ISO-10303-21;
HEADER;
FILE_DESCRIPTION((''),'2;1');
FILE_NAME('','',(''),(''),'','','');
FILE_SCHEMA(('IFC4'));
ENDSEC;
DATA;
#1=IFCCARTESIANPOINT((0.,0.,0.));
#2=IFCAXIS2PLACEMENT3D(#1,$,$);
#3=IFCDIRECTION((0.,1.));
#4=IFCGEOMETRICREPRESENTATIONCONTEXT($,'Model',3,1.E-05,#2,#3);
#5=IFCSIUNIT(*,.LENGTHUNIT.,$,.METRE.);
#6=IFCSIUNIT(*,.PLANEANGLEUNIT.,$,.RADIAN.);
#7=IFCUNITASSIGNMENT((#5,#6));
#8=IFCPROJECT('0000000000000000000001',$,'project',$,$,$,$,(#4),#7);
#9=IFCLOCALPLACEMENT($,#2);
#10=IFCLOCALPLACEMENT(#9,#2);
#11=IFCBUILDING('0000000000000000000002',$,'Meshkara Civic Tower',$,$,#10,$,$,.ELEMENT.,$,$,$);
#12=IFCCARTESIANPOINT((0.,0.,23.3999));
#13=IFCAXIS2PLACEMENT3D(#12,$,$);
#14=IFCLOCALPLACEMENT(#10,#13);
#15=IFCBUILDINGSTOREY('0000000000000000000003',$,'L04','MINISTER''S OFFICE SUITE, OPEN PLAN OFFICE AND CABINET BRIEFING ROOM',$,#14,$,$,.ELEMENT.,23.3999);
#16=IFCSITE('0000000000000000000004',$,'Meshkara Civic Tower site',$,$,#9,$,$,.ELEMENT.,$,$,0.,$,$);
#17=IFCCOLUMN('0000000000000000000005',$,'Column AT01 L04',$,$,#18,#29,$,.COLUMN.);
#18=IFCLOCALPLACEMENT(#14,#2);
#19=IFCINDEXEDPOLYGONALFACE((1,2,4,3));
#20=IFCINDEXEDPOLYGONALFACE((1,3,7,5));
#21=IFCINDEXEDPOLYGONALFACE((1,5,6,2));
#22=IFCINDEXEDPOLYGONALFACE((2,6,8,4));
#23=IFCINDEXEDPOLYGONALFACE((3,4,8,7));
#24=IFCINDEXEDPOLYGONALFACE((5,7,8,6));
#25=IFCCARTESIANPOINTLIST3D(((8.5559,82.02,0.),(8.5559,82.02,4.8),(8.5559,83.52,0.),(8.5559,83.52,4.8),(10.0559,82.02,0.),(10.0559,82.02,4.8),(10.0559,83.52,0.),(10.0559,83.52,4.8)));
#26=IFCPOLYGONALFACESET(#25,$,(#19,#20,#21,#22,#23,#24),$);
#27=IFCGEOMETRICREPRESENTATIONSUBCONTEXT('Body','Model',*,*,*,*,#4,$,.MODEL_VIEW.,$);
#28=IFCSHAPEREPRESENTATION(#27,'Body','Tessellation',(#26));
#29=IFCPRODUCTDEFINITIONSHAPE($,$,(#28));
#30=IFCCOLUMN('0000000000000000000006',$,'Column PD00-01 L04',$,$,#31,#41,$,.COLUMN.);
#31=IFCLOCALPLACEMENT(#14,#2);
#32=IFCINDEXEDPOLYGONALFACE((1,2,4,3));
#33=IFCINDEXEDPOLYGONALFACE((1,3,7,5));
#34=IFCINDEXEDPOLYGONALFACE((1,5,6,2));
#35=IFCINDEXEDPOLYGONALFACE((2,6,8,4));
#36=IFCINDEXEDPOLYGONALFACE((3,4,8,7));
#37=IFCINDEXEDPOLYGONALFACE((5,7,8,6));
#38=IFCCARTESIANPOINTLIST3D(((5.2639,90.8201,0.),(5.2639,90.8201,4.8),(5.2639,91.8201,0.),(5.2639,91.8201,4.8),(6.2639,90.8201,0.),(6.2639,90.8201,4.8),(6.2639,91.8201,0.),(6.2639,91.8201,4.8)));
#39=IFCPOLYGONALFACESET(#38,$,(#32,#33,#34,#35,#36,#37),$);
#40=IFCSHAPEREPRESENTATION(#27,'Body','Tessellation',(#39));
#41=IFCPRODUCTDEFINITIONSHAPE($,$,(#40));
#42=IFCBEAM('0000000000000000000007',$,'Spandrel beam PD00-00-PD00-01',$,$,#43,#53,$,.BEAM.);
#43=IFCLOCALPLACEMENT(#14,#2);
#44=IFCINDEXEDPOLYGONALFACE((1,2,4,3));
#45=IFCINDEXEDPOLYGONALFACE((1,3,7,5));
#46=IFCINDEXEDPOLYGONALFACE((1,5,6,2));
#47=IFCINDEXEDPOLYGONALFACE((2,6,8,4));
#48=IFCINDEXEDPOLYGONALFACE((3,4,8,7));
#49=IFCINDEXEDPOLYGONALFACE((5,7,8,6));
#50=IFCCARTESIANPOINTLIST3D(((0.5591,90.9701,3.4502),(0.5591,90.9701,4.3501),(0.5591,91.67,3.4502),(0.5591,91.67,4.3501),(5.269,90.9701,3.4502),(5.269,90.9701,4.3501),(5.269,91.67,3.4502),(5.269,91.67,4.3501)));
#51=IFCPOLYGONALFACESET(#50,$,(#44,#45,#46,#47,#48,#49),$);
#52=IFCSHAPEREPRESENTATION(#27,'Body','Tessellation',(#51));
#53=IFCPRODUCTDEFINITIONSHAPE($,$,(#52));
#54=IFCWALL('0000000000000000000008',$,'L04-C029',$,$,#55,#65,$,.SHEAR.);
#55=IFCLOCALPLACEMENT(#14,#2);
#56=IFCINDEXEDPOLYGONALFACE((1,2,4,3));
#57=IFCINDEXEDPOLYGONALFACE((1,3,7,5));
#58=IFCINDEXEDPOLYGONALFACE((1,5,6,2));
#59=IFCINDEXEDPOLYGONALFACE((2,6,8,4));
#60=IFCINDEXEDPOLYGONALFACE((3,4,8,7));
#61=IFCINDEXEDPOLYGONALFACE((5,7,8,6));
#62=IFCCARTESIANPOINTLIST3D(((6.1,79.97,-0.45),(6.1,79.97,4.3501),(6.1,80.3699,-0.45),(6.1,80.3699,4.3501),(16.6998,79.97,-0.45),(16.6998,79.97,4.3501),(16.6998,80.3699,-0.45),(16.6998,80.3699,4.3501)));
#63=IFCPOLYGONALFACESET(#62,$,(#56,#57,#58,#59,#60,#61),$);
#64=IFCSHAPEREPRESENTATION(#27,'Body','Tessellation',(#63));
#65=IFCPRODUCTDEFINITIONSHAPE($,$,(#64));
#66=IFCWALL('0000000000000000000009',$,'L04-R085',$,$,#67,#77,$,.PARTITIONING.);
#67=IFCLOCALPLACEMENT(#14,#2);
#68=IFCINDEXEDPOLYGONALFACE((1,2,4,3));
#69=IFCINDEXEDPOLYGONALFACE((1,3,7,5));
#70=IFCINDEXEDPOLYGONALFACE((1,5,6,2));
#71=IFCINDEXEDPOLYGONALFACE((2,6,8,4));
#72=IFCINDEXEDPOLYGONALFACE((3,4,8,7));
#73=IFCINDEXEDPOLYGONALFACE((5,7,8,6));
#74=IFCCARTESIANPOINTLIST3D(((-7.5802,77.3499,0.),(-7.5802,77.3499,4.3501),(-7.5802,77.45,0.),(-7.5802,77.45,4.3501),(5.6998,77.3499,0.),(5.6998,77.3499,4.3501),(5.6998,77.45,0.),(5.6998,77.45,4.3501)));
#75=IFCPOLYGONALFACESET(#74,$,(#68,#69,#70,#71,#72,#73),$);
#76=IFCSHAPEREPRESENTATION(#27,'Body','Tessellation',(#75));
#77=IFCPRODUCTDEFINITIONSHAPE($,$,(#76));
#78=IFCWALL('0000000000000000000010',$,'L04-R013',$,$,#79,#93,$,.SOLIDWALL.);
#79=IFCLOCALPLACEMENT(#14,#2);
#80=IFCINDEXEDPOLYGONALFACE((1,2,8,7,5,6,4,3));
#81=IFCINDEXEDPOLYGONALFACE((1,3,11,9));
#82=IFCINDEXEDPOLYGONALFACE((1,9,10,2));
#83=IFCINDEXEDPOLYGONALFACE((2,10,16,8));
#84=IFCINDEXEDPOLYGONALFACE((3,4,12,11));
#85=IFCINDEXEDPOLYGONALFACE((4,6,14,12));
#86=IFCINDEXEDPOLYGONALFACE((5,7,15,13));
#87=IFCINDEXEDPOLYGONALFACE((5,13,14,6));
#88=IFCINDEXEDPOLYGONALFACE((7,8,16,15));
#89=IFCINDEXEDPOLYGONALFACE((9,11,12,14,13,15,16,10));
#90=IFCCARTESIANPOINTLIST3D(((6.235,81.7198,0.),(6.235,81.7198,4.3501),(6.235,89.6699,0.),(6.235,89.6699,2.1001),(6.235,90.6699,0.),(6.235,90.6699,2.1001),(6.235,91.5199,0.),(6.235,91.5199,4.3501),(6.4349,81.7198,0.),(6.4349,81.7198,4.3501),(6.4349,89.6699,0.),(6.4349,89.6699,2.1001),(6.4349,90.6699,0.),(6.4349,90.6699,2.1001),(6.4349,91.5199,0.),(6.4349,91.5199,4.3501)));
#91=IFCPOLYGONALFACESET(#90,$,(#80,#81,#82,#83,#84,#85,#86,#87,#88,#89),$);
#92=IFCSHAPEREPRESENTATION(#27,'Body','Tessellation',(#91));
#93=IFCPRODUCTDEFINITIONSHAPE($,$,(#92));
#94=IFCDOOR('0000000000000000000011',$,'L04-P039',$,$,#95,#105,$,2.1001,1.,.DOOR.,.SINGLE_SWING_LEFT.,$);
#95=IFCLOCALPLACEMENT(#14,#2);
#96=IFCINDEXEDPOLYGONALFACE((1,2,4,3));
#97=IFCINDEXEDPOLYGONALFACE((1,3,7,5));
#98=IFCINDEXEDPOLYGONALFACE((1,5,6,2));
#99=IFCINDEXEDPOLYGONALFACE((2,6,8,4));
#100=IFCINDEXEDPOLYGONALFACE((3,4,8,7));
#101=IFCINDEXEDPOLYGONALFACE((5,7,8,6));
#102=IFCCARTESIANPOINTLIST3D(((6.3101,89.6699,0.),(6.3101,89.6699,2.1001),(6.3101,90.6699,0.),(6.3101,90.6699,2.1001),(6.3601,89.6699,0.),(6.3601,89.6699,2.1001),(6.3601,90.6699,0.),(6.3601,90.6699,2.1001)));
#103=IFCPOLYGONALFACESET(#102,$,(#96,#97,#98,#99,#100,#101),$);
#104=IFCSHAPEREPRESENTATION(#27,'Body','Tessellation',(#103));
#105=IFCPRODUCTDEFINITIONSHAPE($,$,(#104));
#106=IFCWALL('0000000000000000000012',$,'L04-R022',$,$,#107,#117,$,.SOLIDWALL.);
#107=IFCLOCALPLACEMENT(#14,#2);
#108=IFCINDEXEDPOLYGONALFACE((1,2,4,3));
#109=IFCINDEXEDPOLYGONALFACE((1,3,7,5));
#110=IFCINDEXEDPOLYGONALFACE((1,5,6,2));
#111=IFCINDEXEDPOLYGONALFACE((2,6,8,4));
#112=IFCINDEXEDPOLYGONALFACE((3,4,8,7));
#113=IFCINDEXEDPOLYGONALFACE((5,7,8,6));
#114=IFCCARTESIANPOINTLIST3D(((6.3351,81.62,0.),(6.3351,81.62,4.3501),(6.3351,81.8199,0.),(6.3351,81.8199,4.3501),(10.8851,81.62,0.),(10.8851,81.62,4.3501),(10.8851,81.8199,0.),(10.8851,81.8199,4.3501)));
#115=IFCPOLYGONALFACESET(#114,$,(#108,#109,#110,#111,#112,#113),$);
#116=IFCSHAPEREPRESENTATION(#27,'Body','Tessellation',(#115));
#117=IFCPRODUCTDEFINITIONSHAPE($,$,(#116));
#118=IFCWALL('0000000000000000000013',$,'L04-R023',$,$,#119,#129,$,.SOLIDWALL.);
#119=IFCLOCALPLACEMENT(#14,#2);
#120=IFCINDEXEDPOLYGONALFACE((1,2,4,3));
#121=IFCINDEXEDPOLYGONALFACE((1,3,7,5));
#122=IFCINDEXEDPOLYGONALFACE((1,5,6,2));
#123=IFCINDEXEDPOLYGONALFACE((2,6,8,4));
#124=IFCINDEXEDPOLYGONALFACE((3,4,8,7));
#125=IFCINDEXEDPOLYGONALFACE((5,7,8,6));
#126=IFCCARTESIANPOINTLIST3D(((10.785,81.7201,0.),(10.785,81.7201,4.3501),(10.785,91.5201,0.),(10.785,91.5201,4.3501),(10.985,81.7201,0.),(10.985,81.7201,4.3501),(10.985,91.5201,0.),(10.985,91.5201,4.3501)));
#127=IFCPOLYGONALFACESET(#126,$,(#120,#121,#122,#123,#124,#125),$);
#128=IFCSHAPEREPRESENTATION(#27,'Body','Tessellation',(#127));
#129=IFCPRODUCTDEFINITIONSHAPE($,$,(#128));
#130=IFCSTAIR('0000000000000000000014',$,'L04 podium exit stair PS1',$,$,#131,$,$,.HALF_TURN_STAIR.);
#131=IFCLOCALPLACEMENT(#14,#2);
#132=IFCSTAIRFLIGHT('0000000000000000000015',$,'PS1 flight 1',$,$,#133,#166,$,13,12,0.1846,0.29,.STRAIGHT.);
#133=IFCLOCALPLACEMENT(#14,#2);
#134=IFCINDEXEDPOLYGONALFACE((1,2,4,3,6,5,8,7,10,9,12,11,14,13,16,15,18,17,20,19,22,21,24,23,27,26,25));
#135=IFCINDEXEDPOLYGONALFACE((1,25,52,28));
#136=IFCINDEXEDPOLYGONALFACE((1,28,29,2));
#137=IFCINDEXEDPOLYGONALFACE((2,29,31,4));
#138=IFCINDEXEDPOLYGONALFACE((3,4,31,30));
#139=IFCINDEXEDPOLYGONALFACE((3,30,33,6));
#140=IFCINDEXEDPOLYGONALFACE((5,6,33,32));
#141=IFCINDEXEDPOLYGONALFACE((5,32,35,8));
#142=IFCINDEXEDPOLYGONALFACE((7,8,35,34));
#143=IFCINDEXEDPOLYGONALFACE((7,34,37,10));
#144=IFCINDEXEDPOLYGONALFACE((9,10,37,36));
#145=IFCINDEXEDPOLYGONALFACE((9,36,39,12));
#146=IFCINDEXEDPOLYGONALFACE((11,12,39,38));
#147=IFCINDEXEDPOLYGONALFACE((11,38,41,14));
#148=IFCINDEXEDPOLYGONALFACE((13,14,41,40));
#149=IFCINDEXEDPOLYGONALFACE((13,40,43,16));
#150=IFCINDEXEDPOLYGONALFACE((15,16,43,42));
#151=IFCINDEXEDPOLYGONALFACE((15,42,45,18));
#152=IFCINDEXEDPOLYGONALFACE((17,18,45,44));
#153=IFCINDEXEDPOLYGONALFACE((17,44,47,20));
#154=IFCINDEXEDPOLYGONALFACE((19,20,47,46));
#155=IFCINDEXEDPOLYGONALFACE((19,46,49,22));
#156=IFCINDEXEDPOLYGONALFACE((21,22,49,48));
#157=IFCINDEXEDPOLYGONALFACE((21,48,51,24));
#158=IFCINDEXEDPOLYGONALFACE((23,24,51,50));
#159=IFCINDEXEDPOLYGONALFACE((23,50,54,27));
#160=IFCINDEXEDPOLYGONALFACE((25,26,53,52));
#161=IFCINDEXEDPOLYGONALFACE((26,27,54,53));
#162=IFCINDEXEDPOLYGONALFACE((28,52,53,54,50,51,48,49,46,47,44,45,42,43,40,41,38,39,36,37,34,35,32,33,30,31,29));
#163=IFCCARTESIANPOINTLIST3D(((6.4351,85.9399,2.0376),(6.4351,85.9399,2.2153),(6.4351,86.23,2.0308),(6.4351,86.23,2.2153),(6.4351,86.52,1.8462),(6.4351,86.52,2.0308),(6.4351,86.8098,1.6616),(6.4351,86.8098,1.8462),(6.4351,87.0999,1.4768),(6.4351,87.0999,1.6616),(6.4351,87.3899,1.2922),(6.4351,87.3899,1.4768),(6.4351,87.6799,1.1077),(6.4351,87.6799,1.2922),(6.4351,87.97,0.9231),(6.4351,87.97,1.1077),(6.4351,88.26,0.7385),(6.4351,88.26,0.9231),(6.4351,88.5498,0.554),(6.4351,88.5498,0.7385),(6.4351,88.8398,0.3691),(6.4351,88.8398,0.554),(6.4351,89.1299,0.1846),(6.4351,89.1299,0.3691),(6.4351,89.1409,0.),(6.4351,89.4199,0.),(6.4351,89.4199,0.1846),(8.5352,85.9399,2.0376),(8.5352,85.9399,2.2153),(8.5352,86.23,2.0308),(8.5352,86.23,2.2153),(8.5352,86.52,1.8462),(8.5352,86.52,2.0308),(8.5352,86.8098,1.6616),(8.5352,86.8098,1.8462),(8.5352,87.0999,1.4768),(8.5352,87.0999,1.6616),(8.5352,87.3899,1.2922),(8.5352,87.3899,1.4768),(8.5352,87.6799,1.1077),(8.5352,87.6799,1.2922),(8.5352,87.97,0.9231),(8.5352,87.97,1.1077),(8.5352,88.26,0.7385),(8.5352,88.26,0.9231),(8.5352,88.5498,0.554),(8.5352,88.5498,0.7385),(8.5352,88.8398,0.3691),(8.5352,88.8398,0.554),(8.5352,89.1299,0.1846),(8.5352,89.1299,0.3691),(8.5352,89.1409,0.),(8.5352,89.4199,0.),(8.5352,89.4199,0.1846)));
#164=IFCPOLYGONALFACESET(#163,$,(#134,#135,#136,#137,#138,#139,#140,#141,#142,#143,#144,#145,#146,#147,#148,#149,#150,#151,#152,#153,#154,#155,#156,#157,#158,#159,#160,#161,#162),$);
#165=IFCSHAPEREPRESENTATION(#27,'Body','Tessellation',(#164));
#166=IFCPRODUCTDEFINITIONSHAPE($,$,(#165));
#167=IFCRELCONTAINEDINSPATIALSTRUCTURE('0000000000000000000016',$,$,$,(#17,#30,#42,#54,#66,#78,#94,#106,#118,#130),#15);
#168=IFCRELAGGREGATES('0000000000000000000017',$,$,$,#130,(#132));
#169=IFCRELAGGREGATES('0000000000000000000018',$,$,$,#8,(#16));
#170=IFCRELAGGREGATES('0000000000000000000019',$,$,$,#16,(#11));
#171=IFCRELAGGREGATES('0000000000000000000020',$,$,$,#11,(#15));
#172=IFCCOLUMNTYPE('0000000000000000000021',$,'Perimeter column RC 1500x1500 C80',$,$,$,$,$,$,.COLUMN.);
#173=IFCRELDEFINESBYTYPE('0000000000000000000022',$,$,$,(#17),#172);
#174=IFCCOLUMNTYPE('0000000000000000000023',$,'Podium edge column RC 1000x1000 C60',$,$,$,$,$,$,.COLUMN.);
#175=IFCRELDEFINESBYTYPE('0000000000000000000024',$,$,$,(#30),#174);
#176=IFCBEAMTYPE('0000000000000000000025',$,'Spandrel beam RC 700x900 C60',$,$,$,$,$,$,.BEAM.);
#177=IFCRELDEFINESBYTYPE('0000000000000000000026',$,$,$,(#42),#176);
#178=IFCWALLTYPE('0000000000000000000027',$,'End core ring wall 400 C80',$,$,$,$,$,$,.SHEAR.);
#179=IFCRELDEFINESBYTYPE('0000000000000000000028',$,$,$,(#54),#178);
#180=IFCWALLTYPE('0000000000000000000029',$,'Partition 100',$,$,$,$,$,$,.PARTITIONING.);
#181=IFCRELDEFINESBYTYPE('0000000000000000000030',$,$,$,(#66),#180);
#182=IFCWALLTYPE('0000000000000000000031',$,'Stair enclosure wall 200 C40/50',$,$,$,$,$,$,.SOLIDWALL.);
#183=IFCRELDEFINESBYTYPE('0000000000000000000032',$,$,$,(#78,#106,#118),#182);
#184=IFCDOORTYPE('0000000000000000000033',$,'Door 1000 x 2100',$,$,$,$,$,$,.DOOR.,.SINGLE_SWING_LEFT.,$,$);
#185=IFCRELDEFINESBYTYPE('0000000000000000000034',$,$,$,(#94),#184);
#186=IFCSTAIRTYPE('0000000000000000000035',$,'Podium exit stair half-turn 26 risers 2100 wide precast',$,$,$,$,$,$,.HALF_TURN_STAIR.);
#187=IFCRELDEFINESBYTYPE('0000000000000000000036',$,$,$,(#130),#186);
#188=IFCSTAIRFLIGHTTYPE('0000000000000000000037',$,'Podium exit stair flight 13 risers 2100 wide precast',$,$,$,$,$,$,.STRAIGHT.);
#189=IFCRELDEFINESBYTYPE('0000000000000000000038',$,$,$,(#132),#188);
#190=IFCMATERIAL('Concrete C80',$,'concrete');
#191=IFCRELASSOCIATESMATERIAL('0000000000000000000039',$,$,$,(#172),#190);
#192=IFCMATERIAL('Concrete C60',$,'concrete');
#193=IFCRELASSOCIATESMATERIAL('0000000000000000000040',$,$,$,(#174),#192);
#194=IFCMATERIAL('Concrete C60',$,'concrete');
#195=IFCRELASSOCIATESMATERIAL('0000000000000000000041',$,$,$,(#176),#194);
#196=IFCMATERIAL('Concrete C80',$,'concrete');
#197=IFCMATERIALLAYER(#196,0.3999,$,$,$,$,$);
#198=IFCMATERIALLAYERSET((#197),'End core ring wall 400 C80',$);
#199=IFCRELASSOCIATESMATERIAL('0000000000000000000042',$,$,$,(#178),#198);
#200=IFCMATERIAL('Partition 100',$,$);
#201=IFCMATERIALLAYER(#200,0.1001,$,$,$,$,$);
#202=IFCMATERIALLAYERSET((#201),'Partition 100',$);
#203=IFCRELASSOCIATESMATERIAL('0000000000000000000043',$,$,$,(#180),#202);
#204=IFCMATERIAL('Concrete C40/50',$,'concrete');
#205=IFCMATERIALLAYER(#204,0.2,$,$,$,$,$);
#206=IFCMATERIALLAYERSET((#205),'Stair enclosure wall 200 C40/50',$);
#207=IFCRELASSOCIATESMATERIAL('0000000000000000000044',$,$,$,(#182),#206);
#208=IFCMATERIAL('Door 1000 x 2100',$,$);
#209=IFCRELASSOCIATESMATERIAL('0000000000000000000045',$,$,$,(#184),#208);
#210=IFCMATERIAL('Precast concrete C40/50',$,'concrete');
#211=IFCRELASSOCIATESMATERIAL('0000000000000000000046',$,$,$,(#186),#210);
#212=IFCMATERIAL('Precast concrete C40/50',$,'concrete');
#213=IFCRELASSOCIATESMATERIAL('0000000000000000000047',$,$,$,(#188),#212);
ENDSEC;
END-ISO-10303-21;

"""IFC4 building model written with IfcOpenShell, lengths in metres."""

from ifc_helpers import new_model, si_unit, direction, frame, frame_2d, origin, origin_2d, place, context, subcontext, project, spatial, polyline, rectangle, outline, extrude, material, layer, layer_set, material_profile, profile_set, type_object, element, fill, aggregate, save


model = new_model("IFC4")

# Units and contexts
model_context = context("Model", 3, precision=1e-05, world=origin(), true_north=direction((0.0, 1.0)))
body_context = subcontext(model_context, "Body", "Model", "MODEL_VIEW")
ifc_project = project(units=[si_unit("LENGTHUNIT", "METRE"), si_unit("PLANEANGLEUNIT", "RADIAN")], contexts=[model_context])

# Site, building, storey
site_placement = place(None, origin())
site = spatial("IfcSite", under=ifc_project, at=site_placement, Name="Meshkara Civic Tower site", CompositionType="ELEMENT", RefElevation=0.0)
building_placement = place(site_placement, origin())
building = spatial("IfcBuilding", under=site, at=building_placement, Name="Meshkara Civic Tower", CompositionType="ELEMENT")
storey_placement = place(building_placement, frame((0.0, 0.0, 23.3999)))
storey = spatial("IfcBuildingStorey", under=building, at=storey_placement, Name="L04", Description="MINISTER'S OFFICE SUITE, OPEN PLAN OFFICE AND CABINET BRIEFING ROOM", CompositionType="ELEMENT", Elevation=23.3999)

# Columns
ifc_material_1 = material(Name="Concrete C80", Category="concrete")
ifc_material_profile_1 = material_profile(ifc_material_1, rectangle(XDim=1.5, YDim=1.5, at=origin_2d()))
ifc_profile_set_1 = profile_set([ifc_material_profile_1], Name="Concrete C80")
column_type_1 = type_object("IfcColumnType", Name="Perimeter column RC 1500x1500 C80", PredefinedType="COLUMN", material=ifc_profile_set_1)
column_1_placement = place(storey_placement, frame((9.3059, 82.77, 0.0), z_axis=(0.0, 0.0, 1.0), x_axis=(1.0, 0.0, 0.0)))
element("IfcColumn", 1, at=column_1_placement, inside=storey, type_object=column_type_1, Name="Column AT01 L04", PredefinedType="COLUMN", context=body_context, shape_type="SweptSolid", body=[
    extrude(rectangle(XDim=1.5, YDim=1.5, at=origin_2d()), origin(), (0.0, 0.0, 1.0), 4.8),
])
ifc_material_2 = material(Name="Concrete C60", Category="concrete")
ifc_material_profile_2 = material_profile(ifc_material_2, rectangle(XDim=1.0, YDim=1.0, at=origin_2d()))
ifc_profile_set_2 = profile_set([ifc_material_profile_2], Name="Concrete C60")
column_type_2 = type_object("IfcColumnType", Name="Podium edge column RC 1000x1000 C60", PredefinedType="COLUMN", material=ifc_profile_set_2)
column_2_placement = place(storey_placement, frame((5.7639, 91.3201, 0.0), z_axis=(0.0, 0.0, 1.0), x_axis=(1.0, 0.0, 0.0)))
element("IfcColumn", 2, at=column_2_placement, inside=storey, type_object=column_type_2, Name="Column PD00-01 L04", PredefinedType="COLUMN", context=body_context, shape_type="SweptSolid", body=[
    extrude(rectangle(XDim=1.0, YDim=1.0, at=origin_2d()), origin(), (0.0, 0.0, 1.0), 4.8),
])

# Beam
ifc_material_3 = material(Name="Concrete C60", Category="concrete")
ifc_material_profile_3 = material_profile(ifc_material_3, rectangle(XDim=0.7, YDim=0.8999, at=origin_2d()))
ifc_profile_set_3 = profile_set([ifc_material_profile_3], Name="Concrete C60")
beam_type = type_object("IfcBeamType", Name="Spandrel beam RC 700x900 C60", PredefinedType="BEAM", material=ifc_profile_set_3)
beam_placement = place(storey_placement, frame((5.269, 91.3201, 3.9001), z_axis=(-1.0, 0.0, 0.0), x_axis=(0.0, -1.0, 0.0)))
element("IfcBeam", 3, at=beam_placement, inside=storey, type_object=beam_type, Name="Spandrel beam PD00-00-PD00-01", PredefinedType="BEAM", context=body_context, shape_type="SweptSolid", body=[
    extrude(rectangle(XDim=0.7, YDim=0.8999, at=origin_2d()), origin(), (0.0, 0.0, 1.0), 4.71),
])

# Walls
ifc_material_4 = material(Name="Concrete C80", Category="concrete")
ifc_layer_1 = layer(ifc_material_4, 0.3999)
ifc_layer_set_1 = layer_set([ifc_layer_1], Name="End core ring wall 400 C80")
wall_type_1 = type_object("IfcWallType", Name="End core ring wall 400 C80", PredefinedType="SHEAR", material=ifc_layer_set_1)
wall_1_placement = place(storey_placement, frame((6.1001, 80.1699, -0.45), z_axis=(0.0, 0.0, 1.0), x_axis=(1.0, 0.0, 0.0)))
element("IfcWall", 4, at=wall_1_placement, inside=storey, type_object=wall_type_1, Name="L04-C029", PredefinedType="SHEAR", context=body_context, shape_type="SweptSolid", body=[
    extrude(rectangle(XDim=10.5999, YDim=0.3999, at=frame_2d((5.2998, 0.0))), origin(), (0.0, 0.0, 1.0), 4.8),
])
ifc_material_5 = material(Name="Partition 100")
ifc_layer_2 = layer(ifc_material_5, 0.1001)
ifc_layer_set_2 = layer_set([ifc_layer_2], Name="Partition 100")
wall_type_2 = type_object("IfcWallType", Name="Partition 100", PredefinedType="PARTITIONING", material=ifc_layer_set_2)
wall_2_placement = place(storey_placement, frame((5.7, 77.3999, 0.0), z_axis=(0.0, 0.0, 1.0), x_axis=(-1.0, 0.0, 0.0)))
element("IfcWall", 5, at=wall_2_placement, inside=storey, type_object=wall_type_2, Name="L04-R085", PredefinedType="PARTITIONING", context=body_context, shape_type="SweptSolid", body=[
    extrude(rectangle(XDim=13.28, YDim=0.1001, at=frame_2d((6.6401, 0.0))), origin(), (0.0, 0.0, 1.0), 4.3501),
])

# Wall, opening, door
ifc_material_6 = material(Name="Concrete C40/50", Category="concrete")
ifc_layer_3 = layer(ifc_material_6, 0.2)
ifc_layer_set_3 = layer_set([ifc_layer_3], Name="Stair enclosure wall 200 C40/50")
wall_type_3 = type_object("IfcWallType", Name="Stair enclosure wall 200 C40/50", PredefinedType="SOLIDWALL", material=ifc_layer_set_3)
wall_3_placement = place(storey_placement, frame((6.335, 81.72, 0.0), z_axis=(0.0, 0.0, 1.0), x_axis=(0.0, 1.0, 0.0)))
wall_3 = element("IfcWall", 6, at=wall_3_placement, inside=storey, type_object=wall_type_3, Name="L04-R013", PredefinedType="SOLIDWALL", context=body_context, shape_type="SweptSolid", body=[
    extrude(rectangle(XDim=9.8, YDim=0.2, at=frame_2d((4.8999, 0.0))), origin(), (0.0, 0.0, 1.0), 4.3501),
])
opening_placement = place(wall_3_placement, frame((7.95, 0.0, 0.0)))
opening = element("IfcOpeningElement", 7, at=opening_placement, cuts=wall_3, PredefinedType="OPENING", context=body_context, shape_type="SweptSolid", body=[
    extrude(rectangle(XDim=1.0, YDim=2.1001, at=frame_2d((0.5, 1.05))), frame((0.0, 0.1099, 0.0), z_axis=(0.0, -1.0, 0.0), x_axis=(1.0, 0.0, 0.0)), (0.0, 0.0, 1.0), 0.22),
])
ifc_material_7 = material(Name="Door 1000 x 2100")
door_type = type_object("IfcDoorType", Name="Door 1000 x 2100", OperationType="SINGLE_SWING_LEFT", PredefinedType="DOOR", material=ifc_material_7)
door_placement = place(opening_placement, origin())
door = element("IfcDoor", 8, at=door_placement, inside=storey, type_object=door_type, Name="L04-P039", OperationType="SINGLE_SWING_LEFT", OverallHeight=2.1001, OverallWidth=1.0, PredefinedType="DOOR", context=body_context, shape_type="SweptSolid", body=[
    extrude(rectangle(XDim=1.0, YDim=2.1001, at=frame_2d((0.5, 1.05))), frame((0.0, 0.0249, 0.0), z_axis=(0.0, -1.0, 0.0), x_axis=(1.0, 0.0, 0.0)), (0.0, 0.0, 1.0), 0.05),
])
fill(opening, door)

# Walls
wall_4_placement = place(storey_placement, frame((10.885, 81.72, 0.0), z_axis=(0.0, 0.0, 1.0), x_axis=(-1.0, 0.0, 0.0)))
element("IfcWall", 9, at=wall_4_placement, inside=storey, type_object=wall_type_3, Name="L04-R022", PredefinedType="SOLIDWALL", context=body_context, shape_type="SweptSolid", body=[
    extrude(rectangle(XDim=4.55, YDim=0.2, at=frame_2d((2.2749, 0.0))), origin(), (0.0, 0.0, 1.0), 4.3501),
])
wall_5_placement = place(storey_placement, frame((10.885, 91.52, 0.0), z_axis=(0.0, 0.0, 1.0), x_axis=(0.0, -1.0, 0.0)))
element("IfcWall", 10, at=wall_5_placement, inside=storey, type_object=wall_type_3, Name="L04-R023", PredefinedType="SOLIDWALL", context=body_context, shape_type="SweptSolid", body=[
    extrude(rectangle(XDim=9.8, YDim=0.2, at=frame_2d((4.8999, 0.0))), origin(), (0.0, 0.0, 1.0), 4.3501),
])

# Stair, stair flight
ifc_material_8 = material(Name="Precast concrete C40/50", Category="concrete")
stair_type = type_object("IfcStairType", Name="Podium exit stair half-turn 26 risers 2100 wide precast", PredefinedType="HALF_TURN_STAIR", material=ifc_material_8)
stair_placement = place(storey_placement, origin())
stair = element("IfcStair", 11, at=stair_placement, inside=storey, type_object=stair_type, Name="L04 podium exit stair PS1", PredefinedType="HALF_TURN_STAIR")
ifc_material_9 = material(Name="Precast concrete C40/50", Category="concrete")
stair_flight_type = type_object("IfcStairFlightType", Name="Podium exit stair flight 13 risers 2100 wide precast", PredefinedType="STRAIGHT", material=ifc_material_9)
stair_flight_1_placement = place(storey_placement, frame((7.4851, 89.4199, 0.0), z_axis=(0.0, 0.0, 1.0), x_axis=(0.0, -1.0, 0.0)))
stair_flight_1 = element("IfcStairFlight", 12, at=stair_flight_1_placement, type_object=stair_flight_type, Name="PS1 flight 1", NumberOfRisers=13, NumberOfTreads=12, PredefinedType="STRAIGHT", RiserHeight=0.1846, TreadLength=0.29, context=body_context, shape_type="SweptSolid", body=[
    extrude(outline(polyline([(0.0, 0.0), (0.0, 0.1846), (0.29, 0.1846), (0.29, 0.3691), (0.5801, 0.3691), (0.5801, 0.554), (0.8701, 0.554), (0.8701, 0.7385), (1.1599, 0.7385), (1.1599, 0.9231), (1.45, 0.9231), (1.45, 1.1077), (1.74, 1.1077), (1.74, 1.2922), (2.03, 1.2922), (2.03, 1.4768), (2.3201, 1.4768), (2.3201, 1.6616), (2.6101, 1.6616), (2.6101, 1.8462), (2.8999, 1.8462), (2.8999, 2.0308), (3.1899, 2.0308), (3.1899, 2.2153), (3.48, 2.2153), (3.48, 2.3999), (3.48, 2.0376), (0.2791, 0.0), (0.0, 0.0)])), frame((0.0, 1.05, 0.0), z_axis=(0.0, -1.0, 0.0), x_axis=(1.0, 0.0, 0.0)), (0.0, 0.0, 1.0), 2.1001),
])
aggregate(stair, [stair_flight_1])

save(model, "model.ifc")
